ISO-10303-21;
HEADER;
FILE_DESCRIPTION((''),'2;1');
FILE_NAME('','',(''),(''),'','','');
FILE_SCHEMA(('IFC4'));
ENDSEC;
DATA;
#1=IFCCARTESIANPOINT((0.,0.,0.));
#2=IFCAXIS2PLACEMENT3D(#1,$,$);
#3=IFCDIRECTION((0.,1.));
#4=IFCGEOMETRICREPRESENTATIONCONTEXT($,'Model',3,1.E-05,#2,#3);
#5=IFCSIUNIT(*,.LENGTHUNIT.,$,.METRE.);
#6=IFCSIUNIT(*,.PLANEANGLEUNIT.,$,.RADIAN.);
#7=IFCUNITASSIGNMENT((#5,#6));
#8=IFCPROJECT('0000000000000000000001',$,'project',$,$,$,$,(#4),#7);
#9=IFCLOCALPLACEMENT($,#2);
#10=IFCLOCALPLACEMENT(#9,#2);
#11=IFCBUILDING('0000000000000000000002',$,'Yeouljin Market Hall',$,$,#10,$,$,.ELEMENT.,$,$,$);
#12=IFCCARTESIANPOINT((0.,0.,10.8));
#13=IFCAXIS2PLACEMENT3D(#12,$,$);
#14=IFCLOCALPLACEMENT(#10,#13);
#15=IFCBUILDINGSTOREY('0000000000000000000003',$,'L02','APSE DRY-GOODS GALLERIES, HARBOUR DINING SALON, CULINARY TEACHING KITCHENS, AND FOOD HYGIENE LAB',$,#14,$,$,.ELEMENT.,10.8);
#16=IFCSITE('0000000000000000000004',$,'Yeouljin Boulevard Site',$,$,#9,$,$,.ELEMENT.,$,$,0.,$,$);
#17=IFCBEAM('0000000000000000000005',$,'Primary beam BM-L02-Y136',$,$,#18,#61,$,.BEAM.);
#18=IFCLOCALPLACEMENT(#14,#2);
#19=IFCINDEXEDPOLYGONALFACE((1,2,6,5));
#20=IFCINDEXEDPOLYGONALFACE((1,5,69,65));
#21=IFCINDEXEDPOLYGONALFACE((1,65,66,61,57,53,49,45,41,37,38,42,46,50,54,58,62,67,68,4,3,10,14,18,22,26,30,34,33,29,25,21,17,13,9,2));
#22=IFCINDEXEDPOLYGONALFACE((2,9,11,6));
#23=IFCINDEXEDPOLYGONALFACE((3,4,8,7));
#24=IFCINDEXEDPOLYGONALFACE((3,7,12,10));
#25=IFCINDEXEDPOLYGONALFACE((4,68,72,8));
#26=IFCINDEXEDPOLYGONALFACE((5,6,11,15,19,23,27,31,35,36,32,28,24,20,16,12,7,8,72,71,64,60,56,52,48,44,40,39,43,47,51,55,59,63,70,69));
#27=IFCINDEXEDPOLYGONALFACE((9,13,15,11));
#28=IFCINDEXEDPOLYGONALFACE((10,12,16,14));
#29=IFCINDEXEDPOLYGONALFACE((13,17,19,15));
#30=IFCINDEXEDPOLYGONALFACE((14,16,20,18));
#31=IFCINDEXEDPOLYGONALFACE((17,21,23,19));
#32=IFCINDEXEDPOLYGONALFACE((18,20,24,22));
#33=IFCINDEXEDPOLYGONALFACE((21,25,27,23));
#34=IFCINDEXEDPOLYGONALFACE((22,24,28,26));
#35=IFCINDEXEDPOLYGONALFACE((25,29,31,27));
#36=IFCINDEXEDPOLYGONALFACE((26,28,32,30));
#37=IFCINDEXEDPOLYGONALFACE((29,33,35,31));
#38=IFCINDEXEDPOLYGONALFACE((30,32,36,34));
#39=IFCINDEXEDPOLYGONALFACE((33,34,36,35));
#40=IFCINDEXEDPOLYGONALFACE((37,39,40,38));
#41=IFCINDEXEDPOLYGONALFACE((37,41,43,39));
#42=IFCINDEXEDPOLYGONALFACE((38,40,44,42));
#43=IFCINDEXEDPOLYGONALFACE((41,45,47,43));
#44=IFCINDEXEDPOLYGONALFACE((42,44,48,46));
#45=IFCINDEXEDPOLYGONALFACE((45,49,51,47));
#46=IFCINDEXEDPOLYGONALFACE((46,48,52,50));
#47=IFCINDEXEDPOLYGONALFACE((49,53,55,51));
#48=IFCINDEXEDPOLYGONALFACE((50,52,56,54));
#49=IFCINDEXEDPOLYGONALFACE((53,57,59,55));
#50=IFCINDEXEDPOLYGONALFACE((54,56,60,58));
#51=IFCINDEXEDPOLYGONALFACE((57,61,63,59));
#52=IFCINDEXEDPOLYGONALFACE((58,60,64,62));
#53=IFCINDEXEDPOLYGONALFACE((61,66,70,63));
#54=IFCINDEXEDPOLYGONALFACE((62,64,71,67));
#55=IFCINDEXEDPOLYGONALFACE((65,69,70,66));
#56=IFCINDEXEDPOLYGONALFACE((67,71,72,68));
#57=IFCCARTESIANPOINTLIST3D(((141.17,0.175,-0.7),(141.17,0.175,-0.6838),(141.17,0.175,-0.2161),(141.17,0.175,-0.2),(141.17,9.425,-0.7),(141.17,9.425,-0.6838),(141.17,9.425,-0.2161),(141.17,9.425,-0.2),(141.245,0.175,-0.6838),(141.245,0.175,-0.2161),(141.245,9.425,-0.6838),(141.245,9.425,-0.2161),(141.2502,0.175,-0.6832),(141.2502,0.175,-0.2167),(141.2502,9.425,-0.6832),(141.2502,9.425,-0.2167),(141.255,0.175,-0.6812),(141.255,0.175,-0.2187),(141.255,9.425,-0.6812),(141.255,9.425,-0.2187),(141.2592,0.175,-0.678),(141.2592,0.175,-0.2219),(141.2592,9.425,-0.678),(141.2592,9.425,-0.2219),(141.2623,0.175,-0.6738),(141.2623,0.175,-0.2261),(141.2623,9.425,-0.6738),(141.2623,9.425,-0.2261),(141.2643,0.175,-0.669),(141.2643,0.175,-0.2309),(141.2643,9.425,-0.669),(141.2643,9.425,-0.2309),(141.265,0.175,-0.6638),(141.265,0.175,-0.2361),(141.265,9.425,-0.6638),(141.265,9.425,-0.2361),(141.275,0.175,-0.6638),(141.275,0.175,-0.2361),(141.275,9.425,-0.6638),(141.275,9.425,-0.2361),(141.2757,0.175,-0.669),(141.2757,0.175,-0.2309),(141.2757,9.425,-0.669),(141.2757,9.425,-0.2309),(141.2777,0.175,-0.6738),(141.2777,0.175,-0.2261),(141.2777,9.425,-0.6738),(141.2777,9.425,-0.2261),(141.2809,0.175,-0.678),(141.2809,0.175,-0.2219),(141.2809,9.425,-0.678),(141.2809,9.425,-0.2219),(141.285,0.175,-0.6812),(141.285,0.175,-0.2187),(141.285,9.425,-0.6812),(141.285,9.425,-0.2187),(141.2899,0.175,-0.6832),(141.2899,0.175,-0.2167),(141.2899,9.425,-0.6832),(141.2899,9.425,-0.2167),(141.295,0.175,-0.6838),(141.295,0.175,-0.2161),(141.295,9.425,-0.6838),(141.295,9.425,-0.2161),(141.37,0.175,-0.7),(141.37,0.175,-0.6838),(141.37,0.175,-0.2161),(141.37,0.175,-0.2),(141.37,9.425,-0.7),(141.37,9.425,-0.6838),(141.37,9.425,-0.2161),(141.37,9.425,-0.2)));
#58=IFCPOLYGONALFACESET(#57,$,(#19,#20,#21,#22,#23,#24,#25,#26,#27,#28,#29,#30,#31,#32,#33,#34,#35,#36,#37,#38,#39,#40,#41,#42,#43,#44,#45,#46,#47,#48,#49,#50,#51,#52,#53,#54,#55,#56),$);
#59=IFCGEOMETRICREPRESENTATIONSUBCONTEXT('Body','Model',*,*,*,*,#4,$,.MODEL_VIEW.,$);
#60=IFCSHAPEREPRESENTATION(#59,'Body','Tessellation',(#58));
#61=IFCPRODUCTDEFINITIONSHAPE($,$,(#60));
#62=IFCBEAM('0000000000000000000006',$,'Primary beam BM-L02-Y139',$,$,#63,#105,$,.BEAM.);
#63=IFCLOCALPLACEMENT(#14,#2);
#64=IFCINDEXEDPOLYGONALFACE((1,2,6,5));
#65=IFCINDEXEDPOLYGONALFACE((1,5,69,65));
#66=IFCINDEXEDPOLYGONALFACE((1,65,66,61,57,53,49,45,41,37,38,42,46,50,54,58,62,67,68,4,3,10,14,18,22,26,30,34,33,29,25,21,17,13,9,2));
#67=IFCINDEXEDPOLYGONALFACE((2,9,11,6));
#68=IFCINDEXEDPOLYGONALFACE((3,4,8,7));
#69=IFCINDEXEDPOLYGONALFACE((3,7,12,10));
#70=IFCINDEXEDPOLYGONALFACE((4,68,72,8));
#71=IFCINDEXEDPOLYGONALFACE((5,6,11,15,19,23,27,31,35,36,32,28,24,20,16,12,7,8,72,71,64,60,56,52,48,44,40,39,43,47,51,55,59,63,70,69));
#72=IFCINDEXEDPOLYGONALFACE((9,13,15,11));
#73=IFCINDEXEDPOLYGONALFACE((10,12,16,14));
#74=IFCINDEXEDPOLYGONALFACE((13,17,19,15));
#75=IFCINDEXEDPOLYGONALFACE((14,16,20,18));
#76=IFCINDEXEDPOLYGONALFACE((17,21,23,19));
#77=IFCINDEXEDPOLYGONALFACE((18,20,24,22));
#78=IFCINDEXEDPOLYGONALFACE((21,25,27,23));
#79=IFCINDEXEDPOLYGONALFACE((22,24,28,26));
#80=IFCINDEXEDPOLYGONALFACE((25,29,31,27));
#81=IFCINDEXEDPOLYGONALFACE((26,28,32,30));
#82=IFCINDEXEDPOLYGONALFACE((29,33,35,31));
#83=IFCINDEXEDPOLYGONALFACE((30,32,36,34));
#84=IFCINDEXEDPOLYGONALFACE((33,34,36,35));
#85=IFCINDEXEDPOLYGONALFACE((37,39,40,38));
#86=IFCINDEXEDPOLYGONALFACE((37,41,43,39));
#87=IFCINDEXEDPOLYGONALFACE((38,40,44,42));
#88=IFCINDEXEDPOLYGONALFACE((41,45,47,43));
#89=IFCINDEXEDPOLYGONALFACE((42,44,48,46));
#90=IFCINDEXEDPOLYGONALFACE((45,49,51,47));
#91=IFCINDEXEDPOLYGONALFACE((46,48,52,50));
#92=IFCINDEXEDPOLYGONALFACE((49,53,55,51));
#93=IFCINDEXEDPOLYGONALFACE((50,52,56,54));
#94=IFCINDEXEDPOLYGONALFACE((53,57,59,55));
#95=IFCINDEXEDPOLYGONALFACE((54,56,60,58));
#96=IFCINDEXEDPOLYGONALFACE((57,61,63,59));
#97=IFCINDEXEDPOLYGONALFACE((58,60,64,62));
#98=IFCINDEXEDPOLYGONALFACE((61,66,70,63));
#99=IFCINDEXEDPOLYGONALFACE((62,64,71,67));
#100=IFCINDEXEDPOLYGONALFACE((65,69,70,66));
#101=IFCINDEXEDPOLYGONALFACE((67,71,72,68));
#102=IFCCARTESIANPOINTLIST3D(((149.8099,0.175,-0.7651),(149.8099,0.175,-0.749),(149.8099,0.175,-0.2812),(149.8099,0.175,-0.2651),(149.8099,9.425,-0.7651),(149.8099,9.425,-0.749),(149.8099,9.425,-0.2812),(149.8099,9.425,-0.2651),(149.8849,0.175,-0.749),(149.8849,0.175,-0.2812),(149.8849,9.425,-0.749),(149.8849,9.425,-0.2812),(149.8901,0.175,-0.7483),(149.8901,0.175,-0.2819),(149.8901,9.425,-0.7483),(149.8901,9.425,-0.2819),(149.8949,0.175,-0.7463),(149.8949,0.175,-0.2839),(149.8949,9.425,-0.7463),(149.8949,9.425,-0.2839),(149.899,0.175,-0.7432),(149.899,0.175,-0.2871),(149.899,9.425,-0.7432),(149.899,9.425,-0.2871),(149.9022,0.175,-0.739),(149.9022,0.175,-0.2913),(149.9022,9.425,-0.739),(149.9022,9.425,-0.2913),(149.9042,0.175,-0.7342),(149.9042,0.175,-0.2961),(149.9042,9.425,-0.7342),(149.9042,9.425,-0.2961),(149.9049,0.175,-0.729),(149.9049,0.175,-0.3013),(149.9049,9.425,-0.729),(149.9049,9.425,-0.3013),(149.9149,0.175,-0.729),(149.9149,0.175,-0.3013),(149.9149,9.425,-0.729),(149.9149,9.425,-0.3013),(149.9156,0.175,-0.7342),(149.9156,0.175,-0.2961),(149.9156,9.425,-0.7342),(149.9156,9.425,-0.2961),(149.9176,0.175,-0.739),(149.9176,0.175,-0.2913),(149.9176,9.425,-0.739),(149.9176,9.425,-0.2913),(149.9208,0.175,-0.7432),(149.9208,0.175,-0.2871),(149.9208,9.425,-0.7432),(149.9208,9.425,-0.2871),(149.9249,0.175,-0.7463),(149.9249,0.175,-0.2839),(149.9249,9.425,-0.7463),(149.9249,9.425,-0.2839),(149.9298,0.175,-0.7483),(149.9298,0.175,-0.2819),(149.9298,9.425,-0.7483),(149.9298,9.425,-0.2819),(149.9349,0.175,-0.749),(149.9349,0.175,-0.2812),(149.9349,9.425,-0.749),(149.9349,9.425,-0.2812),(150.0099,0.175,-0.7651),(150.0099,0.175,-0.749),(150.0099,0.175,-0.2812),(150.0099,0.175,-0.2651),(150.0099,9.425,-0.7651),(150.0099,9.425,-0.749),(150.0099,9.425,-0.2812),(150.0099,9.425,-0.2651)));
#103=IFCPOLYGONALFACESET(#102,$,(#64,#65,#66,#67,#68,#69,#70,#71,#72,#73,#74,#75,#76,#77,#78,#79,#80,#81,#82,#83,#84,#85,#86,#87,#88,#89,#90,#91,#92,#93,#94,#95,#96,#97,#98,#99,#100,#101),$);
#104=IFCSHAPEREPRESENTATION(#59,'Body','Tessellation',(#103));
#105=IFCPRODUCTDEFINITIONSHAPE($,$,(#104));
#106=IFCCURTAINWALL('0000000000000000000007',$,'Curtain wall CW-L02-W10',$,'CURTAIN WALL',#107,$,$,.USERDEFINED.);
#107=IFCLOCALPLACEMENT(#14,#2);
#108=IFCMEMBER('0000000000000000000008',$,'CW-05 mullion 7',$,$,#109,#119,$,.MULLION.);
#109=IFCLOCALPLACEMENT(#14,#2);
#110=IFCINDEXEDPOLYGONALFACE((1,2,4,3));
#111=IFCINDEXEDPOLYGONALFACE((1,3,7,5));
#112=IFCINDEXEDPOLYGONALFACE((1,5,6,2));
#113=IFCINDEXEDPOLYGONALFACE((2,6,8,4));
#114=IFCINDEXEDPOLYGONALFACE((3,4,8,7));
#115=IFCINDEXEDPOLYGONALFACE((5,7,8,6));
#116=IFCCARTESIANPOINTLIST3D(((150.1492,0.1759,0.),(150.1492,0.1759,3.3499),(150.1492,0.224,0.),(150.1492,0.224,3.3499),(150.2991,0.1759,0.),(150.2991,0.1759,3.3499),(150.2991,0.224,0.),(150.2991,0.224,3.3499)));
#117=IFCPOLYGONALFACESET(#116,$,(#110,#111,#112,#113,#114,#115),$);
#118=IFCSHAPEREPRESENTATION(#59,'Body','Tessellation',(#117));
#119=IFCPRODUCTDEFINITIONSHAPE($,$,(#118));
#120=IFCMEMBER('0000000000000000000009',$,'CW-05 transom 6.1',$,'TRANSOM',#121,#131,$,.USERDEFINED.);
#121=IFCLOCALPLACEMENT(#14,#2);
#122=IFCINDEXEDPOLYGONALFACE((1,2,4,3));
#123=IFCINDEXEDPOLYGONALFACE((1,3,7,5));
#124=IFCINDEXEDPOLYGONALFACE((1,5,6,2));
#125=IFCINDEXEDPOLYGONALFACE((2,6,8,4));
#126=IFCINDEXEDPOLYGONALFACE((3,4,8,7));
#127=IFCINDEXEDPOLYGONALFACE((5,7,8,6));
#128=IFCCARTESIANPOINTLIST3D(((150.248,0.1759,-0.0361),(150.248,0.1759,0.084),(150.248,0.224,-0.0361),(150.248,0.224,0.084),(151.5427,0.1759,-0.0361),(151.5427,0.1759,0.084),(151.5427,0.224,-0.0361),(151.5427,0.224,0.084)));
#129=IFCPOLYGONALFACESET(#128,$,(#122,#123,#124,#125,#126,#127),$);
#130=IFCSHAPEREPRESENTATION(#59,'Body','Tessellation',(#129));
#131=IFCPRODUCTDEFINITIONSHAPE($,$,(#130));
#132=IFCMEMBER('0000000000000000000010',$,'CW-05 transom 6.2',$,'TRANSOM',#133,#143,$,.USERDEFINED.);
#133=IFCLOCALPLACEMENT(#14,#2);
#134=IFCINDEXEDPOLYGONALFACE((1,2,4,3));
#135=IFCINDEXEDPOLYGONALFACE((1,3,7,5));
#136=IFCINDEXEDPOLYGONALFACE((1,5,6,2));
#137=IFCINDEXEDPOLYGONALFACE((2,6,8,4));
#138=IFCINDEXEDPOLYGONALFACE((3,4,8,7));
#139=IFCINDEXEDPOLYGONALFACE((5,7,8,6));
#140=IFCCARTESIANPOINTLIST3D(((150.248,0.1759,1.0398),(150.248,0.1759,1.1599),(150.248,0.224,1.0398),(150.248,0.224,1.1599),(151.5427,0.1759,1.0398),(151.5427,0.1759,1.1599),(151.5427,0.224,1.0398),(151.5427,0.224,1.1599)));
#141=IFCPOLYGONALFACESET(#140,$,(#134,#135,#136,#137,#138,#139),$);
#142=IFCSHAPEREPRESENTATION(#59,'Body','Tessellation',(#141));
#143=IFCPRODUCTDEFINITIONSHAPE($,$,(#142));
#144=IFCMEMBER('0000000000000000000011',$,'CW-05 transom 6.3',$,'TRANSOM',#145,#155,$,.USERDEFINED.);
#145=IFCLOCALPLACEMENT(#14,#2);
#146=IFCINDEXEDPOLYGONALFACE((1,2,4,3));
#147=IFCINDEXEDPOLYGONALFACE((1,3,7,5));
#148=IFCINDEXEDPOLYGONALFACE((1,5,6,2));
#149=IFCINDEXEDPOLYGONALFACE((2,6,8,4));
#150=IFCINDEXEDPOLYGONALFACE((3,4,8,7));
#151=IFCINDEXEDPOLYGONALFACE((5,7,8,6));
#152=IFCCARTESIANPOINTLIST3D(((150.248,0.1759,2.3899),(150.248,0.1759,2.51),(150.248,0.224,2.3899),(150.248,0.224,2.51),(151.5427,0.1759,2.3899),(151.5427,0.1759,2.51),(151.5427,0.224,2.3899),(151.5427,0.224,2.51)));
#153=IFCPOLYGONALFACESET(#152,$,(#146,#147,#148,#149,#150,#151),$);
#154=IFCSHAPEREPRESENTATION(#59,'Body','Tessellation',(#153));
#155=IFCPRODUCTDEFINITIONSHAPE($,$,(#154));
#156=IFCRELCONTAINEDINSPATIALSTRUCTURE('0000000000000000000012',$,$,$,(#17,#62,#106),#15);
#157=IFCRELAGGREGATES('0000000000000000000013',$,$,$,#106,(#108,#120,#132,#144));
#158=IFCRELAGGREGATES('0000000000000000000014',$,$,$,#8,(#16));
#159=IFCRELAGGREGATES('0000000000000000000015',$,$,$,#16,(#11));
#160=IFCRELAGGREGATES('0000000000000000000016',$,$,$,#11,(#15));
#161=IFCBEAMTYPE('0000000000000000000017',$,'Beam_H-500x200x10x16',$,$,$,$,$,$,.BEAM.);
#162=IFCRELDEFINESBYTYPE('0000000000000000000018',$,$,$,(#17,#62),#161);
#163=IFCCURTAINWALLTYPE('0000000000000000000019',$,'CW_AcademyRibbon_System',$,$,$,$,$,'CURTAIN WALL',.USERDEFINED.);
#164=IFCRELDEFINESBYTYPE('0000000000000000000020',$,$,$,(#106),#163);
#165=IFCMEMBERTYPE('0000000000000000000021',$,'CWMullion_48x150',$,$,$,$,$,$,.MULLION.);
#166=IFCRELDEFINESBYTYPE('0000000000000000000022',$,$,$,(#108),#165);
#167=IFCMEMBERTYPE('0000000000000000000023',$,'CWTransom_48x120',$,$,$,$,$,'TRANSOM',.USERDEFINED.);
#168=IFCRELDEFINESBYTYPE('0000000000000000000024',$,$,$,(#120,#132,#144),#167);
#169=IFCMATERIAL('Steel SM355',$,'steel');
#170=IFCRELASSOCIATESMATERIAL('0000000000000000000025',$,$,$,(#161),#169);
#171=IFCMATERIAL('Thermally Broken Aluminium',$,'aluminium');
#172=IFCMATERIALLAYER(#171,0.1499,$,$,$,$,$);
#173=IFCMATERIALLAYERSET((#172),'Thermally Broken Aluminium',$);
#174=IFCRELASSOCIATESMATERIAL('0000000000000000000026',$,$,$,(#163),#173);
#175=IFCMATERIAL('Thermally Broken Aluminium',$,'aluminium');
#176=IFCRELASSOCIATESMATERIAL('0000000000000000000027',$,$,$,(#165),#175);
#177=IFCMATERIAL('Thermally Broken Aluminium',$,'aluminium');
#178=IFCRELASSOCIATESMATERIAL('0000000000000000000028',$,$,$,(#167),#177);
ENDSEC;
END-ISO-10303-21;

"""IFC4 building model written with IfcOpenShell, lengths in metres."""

from ifc_helpers import new_model, si_unit, direction, frame, origin, origin_2d, place, context, subcontext, project, spatial, rectangle, i_section, extrude, material, layer, layer_set, material_profile, profile_set, type_object, element, aggregate, save


model = new_model("IFC4")

# Units and contexts
model_context = context("Model", 3, precision=1e-05, world=origin(), true_north=direction((0.0, 1.0)))
body_context = subcontext(model_context, "Body", "Model", "MODEL_VIEW")
ifc_project = project(units=[si_unit("LENGTHUNIT", "METRE"), si_unit("PLANEANGLEUNIT", "RADIAN")], contexts=[model_context])

# Site, building, storey
site_placement = place(None, origin())
site = spatial("IfcSite", under=ifc_project, at=site_placement, Name="Yeouljin Boulevard Site", CompositionType="ELEMENT", RefElevation=0.0)
building_placement = place(site_placement, origin())
building = spatial("IfcBuilding", under=site, at=building_placement, Name="Yeouljin Market Hall", CompositionType="ELEMENT")
storey_placement = place(building_placement, frame((0.0, 0.0, 10.8)))
storey = spatial("IfcBuildingStorey", under=building, at=storey_placement, Name="L02", Description="APSE DRY-GOODS GALLERIES, HARBOUR DINING SALON, CULINARY TEACHING KITCHENS, AND FOOD HYGIENE LAB", CompositionType="ELEMENT", Elevation=10.8)

# Beams
ifc_material_1 = material(Name="Steel SM355", Category="steel")
ifc_material_profile_1 = material_profile(ifc_material_1, i_section(OverallWidth=0.2, OverallDepth=0.5, WebThickness=0.01, FlangeThickness=0.0161, FilletRadius=0.02, at=origin_2d()), Name="H-500x200x10x16")
ifc_profile_set_1 = profile_set([ifc_material_profile_1], Name="Steel SM355")
beam_type_1 = type_object("IfcBeamType", Name="Beam_H-500x200x10x16", PredefinedType="BEAM", material=ifc_profile_set_1)
for number, where, z_axis, x_axis, name in (
    (1, (141.27, 0.175, -0.45), (0.0, 1.0, 0.0), (-1.0, 0.0, 0.0), "Primary beam BM-L02-Y136"),
    (2, (149.9099, 0.175, -0.5151), (0.0, 1.0, 0.0), (-1.0, 0.0, 0.0), "Primary beam BM-L02-Y139"),
):
    element("IfcBeam", number, at=place(storey_placement, frame(where, z_axis=z_axis, x_axis=x_axis)), inside=storey, type_object=beam_type_1, Name=name, PredefinedType="BEAM", context=body_context, shape_type="SweptSolid", body=[
        extrude(i_section(OverallWidth=0.2, OverallDepth=0.5, WebThickness=0.01, FlangeThickness=0.0161, FilletRadius=0.02, at=origin_2d()), origin(), (0.0, 0.0, 1.0), 9.25),
    ])

# Curtain wall, members
ifc_material_2 = material(Name="Thermally Broken Aluminium", Category="aluminium")
ifc_layer_1 = layer(ifc_material_2, 0.1499)
ifc_layer_set_1 = layer_set([ifc_layer_1], Name="Thermally Broken Aluminium")
curtain_wall_type = type_object("IfcCurtainWallType", Name="CW_AcademyRibbon_System", ElementType="CURTAIN WALL", PredefinedType="USERDEFINED", material=ifc_layer_set_1)
curtain_wall_placement = place(storey_placement, origin())
curtain_wall = element("IfcCurtainWall", 3, at=curtain_wall_placement, inside=storey, type_object=curtain_wall_type, Name="Curtain wall CW-L02-W10", ObjectType="CURTAIN WALL", PredefinedType="USERDEFINED")
ifc_material_3 = material(Name="Thermally Broken Aluminium", Category="aluminium")
ifc_material_profile_2 = material_profile(ifc_material_3, rectangle(XDim=0.0481, YDim=0.1499, at=origin_2d()), Name="CW-MULL-48x150")
ifc_profile_set_2 = profile_set([ifc_material_profile_2], Name="Thermally Broken Aluminium")
member_type_1 = type_object("IfcMemberType", Name="CWMullion_48x150", PredefinedType="MULLION", material=ifc_profile_set_2)
member_1_placement = place(storey_placement, frame((150.2241, 0.2, 0.0), z_axis=(0.0, 0.0, 1.0), x_axis=(0.0, -1.0, 0.0)))
member_1 = element("IfcMember", 4, at=member_1_placement, type_object=member_type_1, Name="CW-05 mullion 7", PredefinedType="MULLION", context=body_context, shape_type="SweptSolid", body=[
    extrude(rectangle(XDim=0.0481, YDim=0.1499, at=origin_2d()), origin(), (0.0, 0.0, 1.0), 3.3499),
])
ifc_material_4 = material(Name="Thermally Broken Aluminium", Category="aluminium")
ifc_material_profile_3 = material_profile(ifc_material_4, rectangle(XDim=0.0481, YDim=0.1201, at=origin_2d()), Name="CW-TRAN-48x120")
ifc_profile_set_3 = profile_set([ifc_material_profile_3], Name="Thermally Broken Aluminium")
member_type_2 = type_object("IfcMemberType", Name="CWTransom_48x120", ElementType="TRANSOM", PredefinedType="USERDEFINED", material=ifc_profile_set_3)
member_2_placement = place(storey_placement, frame((151.5427, 0.2, 0.0239), z_axis=(-1.0, 0.0, 0.0), x_axis=(0.0, -1.0, 0.0)))
member_2 = element("IfcMember", 5, at=member_2_placement, type_object=member_type_2, Name="CW-05 transom 6.1", ObjectType="TRANSOM", PredefinedType="USERDEFINED", context=body_context, shape_type="SweptSolid", body=[
    extrude(rectangle(XDim=0.0481, YDim=0.1201, at=origin_2d()), origin(), (0.0, 0.0, 1.0), 1.2947),
])
member_3_placement = place(storey_placement, frame((151.5427, 0.2, 1.0999), z_axis=(-1.0, 0.0, 0.0), x_axis=(0.0, -1.0, 0.0)))
member_3 = element("IfcMember", 6, at=member_3_placement, type_object=member_type_2, Name="CW-05 transom 6.2", ObjectType="TRANSOM", PredefinedType="USERDEFINED", context=body_context, shape_type="SweptSolid", body=[
    extrude(rectangle(XDim=0.0481, YDim=0.1201, at=origin_2d()), origin(), (0.0, 0.0, 1.0), 1.2947),
])
member_4_placement = place(storey_placement, frame((151.5427, 0.2, 2.45), z_axis=(-1.0, 0.0, 0.0), x_axis=(0.0, -1.0, 0.0)))
member_4 = element("IfcMember", 7, at=member_4_placement, type_object=member_type_2, Name="CW-05 transom 6.3", ObjectType="TRANSOM", PredefinedType="USERDEFINED", context=body_context, shape_type="SweptSolid", body=[
    extrude(rectangle(XDim=0.0481, YDim=0.1201, at=origin_2d()), origin(), (0.0, 0.0, 1.0), 1.2947),
])

aggregate(curtain_wall, [member_1, member_2, member_3, member_4])

save(model, "model.ifc")
